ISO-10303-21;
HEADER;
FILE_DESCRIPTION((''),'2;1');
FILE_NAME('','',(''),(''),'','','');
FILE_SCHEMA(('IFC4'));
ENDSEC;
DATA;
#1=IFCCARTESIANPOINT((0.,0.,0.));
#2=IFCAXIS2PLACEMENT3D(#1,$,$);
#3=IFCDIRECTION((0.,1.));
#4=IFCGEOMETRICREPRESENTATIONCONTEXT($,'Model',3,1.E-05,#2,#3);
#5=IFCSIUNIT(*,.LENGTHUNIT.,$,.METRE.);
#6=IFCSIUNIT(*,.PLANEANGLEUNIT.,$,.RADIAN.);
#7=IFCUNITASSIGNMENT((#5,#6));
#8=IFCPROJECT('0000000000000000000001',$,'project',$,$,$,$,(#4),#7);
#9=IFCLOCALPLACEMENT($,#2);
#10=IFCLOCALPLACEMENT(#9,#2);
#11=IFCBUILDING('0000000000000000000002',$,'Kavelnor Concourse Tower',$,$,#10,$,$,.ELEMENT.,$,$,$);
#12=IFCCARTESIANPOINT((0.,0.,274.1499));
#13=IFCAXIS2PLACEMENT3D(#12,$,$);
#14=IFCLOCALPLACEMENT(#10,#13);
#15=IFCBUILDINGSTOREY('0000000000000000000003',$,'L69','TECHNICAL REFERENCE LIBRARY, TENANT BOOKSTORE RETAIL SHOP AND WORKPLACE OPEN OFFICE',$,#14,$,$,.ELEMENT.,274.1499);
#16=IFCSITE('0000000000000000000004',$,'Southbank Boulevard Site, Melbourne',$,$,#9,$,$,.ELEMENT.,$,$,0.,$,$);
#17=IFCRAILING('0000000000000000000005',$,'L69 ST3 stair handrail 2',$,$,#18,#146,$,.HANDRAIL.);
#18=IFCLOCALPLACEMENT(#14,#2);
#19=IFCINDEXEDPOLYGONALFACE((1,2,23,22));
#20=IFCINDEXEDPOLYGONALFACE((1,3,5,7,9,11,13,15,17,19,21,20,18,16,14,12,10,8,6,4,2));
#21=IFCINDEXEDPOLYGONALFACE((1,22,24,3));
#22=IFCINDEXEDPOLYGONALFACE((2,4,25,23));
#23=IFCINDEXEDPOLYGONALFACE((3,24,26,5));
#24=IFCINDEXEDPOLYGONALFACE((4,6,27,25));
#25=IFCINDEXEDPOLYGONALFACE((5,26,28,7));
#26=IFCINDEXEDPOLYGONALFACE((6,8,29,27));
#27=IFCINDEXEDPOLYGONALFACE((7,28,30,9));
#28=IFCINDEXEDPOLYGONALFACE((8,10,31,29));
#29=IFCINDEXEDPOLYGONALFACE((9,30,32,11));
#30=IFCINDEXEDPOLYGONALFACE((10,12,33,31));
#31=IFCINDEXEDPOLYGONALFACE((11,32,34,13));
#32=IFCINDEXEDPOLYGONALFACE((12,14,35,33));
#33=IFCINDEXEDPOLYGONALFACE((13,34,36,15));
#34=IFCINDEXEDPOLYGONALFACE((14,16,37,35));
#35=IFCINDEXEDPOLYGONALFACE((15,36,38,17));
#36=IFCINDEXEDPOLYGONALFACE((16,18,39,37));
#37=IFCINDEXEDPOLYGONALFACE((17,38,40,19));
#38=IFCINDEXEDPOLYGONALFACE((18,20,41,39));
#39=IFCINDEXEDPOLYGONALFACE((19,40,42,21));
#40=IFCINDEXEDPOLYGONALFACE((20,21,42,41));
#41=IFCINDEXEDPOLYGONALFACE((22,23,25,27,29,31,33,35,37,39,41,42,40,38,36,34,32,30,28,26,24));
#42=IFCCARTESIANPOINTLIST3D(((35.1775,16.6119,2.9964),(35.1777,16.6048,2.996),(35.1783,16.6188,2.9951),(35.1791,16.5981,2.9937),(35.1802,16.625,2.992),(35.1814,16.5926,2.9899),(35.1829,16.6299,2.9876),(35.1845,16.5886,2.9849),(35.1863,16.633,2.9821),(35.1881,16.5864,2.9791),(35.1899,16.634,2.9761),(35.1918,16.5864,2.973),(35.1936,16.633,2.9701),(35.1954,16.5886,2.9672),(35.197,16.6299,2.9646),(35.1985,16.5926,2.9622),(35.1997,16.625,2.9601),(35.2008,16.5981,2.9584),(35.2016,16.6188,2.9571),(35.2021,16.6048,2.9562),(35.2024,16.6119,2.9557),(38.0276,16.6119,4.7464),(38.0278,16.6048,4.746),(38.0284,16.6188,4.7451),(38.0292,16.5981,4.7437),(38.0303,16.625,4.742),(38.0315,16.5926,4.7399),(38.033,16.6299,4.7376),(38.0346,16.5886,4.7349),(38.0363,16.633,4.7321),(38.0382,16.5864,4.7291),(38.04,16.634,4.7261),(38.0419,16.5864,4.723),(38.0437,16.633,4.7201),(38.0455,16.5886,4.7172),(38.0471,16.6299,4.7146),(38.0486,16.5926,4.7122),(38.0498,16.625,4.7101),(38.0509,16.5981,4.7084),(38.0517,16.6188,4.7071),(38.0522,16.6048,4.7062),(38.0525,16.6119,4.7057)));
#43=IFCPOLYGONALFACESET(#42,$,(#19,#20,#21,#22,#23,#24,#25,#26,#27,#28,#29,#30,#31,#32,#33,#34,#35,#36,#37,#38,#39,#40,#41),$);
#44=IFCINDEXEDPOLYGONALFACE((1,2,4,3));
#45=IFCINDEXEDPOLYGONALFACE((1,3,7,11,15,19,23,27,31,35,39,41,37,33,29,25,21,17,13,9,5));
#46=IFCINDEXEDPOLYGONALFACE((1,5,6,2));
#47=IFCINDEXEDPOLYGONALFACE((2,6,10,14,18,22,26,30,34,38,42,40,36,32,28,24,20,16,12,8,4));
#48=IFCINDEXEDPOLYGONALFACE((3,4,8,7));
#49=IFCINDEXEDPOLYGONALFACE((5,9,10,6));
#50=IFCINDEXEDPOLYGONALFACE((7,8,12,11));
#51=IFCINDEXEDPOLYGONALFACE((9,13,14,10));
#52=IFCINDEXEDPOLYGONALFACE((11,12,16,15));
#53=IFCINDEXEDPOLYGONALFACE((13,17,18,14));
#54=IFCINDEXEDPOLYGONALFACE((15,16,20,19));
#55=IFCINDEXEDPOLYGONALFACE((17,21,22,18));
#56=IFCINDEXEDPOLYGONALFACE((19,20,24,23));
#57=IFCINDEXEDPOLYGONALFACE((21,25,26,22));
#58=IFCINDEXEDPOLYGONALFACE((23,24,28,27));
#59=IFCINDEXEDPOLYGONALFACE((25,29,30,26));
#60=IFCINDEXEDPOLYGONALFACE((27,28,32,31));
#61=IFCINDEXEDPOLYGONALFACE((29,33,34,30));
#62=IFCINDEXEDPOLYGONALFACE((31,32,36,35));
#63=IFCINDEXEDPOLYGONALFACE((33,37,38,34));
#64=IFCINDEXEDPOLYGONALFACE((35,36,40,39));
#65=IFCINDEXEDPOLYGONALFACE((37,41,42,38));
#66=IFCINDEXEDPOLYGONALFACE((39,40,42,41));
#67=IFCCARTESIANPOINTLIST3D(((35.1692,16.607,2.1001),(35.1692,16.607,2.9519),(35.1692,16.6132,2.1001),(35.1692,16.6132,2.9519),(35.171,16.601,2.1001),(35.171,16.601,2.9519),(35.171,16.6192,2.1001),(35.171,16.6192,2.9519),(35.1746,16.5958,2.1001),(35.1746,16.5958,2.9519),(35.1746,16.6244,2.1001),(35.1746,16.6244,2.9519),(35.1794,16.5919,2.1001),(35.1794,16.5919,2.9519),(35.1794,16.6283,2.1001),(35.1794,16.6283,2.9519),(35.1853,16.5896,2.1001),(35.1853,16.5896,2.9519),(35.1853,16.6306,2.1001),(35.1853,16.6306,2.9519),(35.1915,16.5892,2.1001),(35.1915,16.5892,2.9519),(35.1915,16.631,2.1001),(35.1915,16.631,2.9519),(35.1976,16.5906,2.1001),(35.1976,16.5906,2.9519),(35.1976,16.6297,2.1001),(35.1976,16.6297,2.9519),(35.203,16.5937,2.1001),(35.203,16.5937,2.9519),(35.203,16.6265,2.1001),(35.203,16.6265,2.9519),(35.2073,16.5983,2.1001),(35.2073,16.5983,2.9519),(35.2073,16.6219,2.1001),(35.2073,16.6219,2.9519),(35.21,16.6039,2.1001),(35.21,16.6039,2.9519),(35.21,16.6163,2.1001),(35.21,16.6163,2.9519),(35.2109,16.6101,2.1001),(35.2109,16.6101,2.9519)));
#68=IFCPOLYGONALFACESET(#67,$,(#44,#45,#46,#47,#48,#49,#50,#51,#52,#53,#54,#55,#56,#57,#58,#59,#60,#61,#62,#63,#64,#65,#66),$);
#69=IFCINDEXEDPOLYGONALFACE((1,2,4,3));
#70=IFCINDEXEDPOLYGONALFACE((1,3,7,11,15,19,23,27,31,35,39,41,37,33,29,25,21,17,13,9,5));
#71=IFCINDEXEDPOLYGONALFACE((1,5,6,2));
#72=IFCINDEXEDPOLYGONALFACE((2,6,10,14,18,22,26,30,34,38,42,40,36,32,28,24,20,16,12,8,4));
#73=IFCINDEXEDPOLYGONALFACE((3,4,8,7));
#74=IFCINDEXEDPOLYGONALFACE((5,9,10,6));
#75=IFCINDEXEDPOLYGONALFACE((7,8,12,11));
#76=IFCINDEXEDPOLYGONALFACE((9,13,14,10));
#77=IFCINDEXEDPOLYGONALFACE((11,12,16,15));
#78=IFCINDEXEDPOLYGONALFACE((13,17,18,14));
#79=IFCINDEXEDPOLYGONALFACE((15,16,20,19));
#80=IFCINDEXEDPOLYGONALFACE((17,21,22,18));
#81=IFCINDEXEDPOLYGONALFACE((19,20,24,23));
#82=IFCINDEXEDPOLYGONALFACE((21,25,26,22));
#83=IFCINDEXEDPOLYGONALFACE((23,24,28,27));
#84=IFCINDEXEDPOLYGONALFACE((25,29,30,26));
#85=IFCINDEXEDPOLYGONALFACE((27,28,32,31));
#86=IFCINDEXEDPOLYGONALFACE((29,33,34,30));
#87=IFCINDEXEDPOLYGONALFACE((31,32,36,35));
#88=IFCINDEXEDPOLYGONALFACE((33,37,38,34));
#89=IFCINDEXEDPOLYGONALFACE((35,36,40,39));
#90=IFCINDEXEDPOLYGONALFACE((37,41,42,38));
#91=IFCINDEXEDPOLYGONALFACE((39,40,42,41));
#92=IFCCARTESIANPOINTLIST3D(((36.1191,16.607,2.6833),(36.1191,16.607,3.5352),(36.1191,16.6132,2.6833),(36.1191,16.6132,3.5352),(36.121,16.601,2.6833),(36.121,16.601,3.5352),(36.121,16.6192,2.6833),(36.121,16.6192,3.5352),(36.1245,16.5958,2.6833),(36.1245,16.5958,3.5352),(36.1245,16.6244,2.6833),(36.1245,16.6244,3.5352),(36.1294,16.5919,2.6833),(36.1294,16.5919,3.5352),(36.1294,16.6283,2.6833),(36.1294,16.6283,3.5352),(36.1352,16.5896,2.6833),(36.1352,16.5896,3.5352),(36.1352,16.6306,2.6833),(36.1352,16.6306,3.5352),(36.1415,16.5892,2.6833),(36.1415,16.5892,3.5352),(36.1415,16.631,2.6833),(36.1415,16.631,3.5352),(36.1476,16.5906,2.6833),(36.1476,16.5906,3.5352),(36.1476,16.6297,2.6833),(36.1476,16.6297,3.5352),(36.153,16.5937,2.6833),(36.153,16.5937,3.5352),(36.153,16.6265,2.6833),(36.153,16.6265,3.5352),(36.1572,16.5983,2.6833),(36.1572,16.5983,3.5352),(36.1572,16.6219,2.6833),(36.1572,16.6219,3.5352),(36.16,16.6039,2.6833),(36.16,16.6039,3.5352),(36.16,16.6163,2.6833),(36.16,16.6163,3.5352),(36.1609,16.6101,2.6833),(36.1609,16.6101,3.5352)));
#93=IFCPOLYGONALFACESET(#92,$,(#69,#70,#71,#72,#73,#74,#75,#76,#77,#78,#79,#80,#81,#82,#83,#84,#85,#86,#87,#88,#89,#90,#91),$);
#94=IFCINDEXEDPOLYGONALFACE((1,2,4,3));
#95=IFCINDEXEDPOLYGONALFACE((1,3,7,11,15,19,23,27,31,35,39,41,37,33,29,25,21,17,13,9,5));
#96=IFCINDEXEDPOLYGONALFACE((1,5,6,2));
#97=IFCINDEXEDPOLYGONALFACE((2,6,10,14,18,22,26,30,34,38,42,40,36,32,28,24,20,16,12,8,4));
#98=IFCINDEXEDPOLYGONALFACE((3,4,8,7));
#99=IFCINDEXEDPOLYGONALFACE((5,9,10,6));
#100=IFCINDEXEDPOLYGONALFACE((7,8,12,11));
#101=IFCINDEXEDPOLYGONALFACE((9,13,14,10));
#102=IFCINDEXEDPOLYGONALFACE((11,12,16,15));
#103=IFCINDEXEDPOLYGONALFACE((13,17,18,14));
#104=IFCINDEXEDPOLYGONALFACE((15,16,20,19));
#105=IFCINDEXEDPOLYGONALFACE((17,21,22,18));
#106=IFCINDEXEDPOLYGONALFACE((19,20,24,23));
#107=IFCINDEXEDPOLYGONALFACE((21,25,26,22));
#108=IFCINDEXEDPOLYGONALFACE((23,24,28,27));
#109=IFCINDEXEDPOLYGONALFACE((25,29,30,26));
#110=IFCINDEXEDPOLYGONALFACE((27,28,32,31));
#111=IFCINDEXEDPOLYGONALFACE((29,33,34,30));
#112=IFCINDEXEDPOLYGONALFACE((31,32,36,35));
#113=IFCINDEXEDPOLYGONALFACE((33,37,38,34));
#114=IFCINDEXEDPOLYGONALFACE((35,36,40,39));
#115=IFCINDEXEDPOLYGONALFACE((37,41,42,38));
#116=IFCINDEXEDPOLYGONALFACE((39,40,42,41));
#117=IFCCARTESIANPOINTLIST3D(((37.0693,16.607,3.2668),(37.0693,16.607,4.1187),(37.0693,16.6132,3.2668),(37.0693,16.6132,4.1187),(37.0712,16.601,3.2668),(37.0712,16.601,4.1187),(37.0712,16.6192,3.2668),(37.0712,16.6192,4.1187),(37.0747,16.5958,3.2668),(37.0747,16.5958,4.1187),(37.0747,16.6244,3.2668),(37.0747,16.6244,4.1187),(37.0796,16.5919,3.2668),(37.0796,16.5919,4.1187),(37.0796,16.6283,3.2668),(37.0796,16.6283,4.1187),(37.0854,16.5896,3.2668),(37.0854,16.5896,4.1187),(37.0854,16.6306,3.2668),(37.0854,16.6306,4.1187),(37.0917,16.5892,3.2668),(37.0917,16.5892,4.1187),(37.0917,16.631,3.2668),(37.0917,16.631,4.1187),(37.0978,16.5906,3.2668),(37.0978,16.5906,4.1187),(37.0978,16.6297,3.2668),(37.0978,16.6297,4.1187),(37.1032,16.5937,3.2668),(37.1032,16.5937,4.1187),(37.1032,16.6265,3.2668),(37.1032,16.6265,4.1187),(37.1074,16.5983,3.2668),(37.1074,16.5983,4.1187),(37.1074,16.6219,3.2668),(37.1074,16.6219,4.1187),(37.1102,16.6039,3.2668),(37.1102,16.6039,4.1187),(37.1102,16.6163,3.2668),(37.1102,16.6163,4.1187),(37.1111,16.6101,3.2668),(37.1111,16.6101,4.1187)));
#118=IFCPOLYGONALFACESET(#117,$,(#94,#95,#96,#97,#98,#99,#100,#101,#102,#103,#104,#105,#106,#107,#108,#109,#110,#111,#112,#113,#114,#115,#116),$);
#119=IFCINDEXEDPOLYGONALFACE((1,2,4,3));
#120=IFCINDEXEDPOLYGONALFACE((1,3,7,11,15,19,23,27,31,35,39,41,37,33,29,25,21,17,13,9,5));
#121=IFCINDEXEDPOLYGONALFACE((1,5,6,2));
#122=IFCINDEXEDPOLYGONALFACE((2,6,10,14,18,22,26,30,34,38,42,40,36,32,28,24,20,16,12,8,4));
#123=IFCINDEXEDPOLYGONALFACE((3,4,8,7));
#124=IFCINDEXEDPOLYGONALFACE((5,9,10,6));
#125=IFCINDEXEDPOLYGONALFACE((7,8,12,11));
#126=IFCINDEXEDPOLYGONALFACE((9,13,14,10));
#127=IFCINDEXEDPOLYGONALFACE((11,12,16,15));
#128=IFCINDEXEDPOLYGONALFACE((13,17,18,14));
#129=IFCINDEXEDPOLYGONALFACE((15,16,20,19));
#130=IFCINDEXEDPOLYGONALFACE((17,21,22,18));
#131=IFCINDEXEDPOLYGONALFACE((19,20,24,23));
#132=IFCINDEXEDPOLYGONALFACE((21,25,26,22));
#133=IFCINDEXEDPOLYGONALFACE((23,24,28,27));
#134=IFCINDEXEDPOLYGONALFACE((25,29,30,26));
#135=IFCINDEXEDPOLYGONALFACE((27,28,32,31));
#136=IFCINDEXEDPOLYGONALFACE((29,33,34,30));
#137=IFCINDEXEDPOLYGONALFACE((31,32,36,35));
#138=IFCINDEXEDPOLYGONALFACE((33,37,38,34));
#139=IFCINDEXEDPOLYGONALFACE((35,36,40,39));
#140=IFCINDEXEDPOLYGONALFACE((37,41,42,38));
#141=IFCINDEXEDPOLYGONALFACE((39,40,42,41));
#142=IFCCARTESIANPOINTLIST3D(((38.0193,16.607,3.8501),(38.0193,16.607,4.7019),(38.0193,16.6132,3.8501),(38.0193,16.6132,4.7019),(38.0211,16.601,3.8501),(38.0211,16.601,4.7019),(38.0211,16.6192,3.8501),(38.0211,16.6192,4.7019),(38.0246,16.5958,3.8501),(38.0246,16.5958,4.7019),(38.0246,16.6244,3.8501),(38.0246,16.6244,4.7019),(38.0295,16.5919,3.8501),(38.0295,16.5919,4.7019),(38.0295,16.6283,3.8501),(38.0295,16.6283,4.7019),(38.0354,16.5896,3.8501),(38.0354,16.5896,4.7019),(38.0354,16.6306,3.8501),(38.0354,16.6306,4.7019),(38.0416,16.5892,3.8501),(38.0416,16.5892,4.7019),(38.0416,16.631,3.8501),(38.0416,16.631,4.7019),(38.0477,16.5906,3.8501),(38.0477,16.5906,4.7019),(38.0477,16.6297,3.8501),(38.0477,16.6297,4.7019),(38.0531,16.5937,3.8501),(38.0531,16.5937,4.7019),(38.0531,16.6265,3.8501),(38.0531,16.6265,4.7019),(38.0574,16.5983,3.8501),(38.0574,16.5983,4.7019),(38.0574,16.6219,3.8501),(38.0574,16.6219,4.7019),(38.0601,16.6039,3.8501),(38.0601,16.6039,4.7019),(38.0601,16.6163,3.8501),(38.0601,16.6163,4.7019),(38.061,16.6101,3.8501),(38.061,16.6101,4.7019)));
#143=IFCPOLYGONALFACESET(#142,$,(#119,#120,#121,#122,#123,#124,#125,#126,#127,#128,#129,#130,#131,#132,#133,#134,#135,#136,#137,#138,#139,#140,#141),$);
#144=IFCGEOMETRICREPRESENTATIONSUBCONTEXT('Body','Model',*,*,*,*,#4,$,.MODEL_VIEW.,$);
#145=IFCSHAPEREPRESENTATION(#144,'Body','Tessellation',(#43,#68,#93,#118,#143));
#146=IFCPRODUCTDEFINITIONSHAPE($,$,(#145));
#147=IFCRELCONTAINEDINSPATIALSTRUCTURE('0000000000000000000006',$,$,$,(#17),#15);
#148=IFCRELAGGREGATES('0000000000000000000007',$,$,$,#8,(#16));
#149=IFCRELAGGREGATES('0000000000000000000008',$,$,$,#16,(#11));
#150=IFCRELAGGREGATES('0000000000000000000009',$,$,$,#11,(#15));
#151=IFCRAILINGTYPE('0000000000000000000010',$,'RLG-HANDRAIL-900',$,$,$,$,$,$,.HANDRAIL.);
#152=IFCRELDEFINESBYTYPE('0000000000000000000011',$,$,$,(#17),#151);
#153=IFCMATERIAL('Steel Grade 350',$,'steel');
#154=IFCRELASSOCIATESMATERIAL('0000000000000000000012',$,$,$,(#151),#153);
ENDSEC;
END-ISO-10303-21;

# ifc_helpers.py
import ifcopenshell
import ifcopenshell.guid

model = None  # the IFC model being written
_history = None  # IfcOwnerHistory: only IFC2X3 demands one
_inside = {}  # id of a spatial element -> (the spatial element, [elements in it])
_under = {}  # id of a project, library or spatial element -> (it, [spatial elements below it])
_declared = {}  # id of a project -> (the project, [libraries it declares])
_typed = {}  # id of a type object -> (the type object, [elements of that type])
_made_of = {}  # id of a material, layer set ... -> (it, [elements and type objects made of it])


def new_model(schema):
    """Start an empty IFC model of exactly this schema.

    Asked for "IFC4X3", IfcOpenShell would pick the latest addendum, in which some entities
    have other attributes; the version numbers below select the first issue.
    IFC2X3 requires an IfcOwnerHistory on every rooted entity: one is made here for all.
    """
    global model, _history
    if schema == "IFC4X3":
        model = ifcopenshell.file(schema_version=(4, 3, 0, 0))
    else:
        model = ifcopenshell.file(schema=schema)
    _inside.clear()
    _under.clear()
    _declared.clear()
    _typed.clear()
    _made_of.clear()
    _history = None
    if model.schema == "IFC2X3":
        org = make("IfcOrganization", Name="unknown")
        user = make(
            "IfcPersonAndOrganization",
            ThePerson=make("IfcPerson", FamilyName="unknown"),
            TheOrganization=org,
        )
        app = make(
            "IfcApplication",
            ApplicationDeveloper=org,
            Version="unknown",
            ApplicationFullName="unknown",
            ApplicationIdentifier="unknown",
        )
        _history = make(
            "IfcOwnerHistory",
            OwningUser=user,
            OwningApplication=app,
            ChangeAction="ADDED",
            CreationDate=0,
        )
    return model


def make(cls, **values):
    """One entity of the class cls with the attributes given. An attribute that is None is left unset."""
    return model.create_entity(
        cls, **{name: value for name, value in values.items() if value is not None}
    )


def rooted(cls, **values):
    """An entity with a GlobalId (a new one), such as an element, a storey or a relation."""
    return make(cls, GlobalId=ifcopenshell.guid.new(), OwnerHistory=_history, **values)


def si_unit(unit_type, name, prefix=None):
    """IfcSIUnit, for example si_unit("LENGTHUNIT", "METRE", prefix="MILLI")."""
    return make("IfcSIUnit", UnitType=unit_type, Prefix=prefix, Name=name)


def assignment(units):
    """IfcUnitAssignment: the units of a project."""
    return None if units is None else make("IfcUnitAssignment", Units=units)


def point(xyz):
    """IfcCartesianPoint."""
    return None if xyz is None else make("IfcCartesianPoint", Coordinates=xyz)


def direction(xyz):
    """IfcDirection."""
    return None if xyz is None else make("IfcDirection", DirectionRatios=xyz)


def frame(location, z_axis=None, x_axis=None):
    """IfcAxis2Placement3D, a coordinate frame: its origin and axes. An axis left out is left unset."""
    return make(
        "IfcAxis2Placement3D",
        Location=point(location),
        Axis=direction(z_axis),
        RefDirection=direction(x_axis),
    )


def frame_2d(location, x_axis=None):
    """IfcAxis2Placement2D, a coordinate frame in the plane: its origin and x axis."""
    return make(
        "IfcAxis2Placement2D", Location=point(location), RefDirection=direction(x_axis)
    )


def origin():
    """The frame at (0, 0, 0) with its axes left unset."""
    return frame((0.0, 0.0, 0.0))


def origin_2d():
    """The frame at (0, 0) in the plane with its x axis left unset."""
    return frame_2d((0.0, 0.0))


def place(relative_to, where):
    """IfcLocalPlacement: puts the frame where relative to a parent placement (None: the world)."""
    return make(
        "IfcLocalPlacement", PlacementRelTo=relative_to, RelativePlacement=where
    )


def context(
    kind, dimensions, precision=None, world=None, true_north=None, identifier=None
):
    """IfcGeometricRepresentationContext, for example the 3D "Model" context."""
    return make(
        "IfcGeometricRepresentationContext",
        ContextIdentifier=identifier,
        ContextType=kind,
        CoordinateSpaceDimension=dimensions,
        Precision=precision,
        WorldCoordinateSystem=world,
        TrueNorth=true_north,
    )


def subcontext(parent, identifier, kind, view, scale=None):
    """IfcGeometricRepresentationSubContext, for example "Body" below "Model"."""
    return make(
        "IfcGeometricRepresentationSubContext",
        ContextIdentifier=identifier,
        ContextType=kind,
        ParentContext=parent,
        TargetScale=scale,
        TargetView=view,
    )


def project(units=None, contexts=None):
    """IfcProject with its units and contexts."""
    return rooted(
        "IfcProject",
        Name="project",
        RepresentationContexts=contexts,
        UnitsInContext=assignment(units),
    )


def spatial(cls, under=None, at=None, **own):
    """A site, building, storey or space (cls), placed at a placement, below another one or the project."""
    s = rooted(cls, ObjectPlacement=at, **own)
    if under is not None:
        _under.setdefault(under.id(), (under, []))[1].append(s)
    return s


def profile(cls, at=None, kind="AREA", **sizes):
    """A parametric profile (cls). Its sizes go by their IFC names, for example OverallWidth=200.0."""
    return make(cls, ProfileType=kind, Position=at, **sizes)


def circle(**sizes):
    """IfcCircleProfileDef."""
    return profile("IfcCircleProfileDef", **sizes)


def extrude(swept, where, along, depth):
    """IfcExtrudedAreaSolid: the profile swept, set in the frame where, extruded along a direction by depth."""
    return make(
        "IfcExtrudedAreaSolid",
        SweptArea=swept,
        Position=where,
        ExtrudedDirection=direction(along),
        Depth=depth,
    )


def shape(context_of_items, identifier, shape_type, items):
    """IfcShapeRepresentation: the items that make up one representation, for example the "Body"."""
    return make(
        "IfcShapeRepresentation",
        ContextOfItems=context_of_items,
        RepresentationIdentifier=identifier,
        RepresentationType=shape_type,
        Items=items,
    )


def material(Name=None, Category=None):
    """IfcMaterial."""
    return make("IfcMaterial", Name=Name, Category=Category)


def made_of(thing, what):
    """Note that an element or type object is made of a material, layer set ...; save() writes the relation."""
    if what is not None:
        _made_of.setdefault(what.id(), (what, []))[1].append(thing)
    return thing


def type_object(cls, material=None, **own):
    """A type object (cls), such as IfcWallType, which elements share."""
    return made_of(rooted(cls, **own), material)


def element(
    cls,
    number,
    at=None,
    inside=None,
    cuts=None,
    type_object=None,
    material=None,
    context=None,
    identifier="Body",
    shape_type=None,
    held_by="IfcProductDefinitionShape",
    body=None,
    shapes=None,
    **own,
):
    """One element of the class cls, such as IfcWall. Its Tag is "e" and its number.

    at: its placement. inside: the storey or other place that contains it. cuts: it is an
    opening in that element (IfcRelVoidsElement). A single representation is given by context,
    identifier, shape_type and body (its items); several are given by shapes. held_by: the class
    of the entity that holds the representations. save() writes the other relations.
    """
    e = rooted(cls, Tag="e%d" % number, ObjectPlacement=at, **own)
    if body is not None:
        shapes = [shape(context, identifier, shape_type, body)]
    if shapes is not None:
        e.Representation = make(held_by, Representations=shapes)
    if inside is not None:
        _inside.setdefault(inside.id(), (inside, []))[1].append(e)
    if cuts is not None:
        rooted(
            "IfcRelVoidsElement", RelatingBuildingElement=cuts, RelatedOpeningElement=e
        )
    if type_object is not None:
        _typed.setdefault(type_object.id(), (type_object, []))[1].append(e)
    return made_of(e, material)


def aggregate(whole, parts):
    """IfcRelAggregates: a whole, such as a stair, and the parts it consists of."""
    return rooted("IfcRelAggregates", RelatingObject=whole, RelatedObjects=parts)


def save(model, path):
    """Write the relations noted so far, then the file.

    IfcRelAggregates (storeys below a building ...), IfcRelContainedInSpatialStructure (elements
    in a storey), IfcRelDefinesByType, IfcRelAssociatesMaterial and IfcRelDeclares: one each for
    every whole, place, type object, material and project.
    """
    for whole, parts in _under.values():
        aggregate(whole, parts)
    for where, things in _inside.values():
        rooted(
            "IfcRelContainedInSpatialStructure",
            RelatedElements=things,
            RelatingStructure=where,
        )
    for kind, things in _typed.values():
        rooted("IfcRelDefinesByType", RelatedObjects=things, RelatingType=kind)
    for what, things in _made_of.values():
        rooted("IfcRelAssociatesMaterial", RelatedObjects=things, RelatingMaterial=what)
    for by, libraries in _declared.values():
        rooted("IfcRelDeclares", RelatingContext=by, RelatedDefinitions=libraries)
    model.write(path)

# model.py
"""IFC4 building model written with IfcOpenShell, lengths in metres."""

from ifc_helpers import new_model, si_unit, direction, frame, origin, origin_2d, place, context, subcontext, project, spatial, circle, extrude, material, type_object, element, save


model = new_model("IFC4")

# Units and contexts
model_context = context("Model", 3, precision=1e-05, world=origin(), true_north=direction((0.0, 1.0)))
body_context = subcontext(model_context, "Body", "Model", "MODEL_VIEW")
ifc_project = project(units=[si_unit("LENGTHUNIT", "METRE"), si_unit("PLANEANGLEUNIT", "RADIAN")], contexts=[model_context])

# Site, building, storey
site_placement = place(None, origin())
site = spatial("IfcSite", under=ifc_project, at=site_placement, Name="Southbank Boulevard Site, Melbourne", CompositionType="ELEMENT", RefElevation=0.0)
building_placement = place(site_placement, origin())
building = spatial("IfcBuilding", under=site, at=building_placement, Name="Kavelnor Concourse Tower", CompositionType="ELEMENT")
storey_placement = place(building_placement, frame((0.0, 0.0, 274.1499)))
storey = spatial("IfcBuildingStorey", under=building, at=storey_placement, Name="L69", Description="TECHNICAL REFERENCE LIBRARY, TENANT BOOKSTORE RETAIL SHOP AND WORKPLACE OPEN OFFICE", CompositionType="ELEMENT", Elevation=274.1499)

# Shared definitions
ifc_material_1 = material(Name="Steel Grade 350", Category="steel")

# Railing
railing_type_1 = type_object("IfcRailingType", Name="RLG-HANDRAIL-900", PredefinedType="HANDRAIL", material=ifc_material_1)
railing_1_placement = place(storey_placement, frame((35.1899, 16.6101, 2.1001)))
element("IfcRailing", 1, at=railing_1_placement, inside=storey, type_object=railing_type_1, Name="L69 ST3 stair handrail 2", PredefinedType="HANDRAIL", context=body_context, shape_type="SweptSolid", body=[
    extrude(circle(Radius=0.0239, at=origin_2d()), frame((0.0, 0.0, 0.876), z_axis=(0.852179, 0.0, 0.52325), x_axis=(0.0, 1.0, 0.0)), (0.0, 0.0, 1.0), 3.3445),
    extrude(circle(Radius=0.021, at=origin_2d()), origin(), (0.0, 0.0, 1.0), 0.8518),
    extrude(circle(Radius=0.021, at=origin_2d()), frame((0.95, 0.0, 0.5833)), (0.0, 0.0, 1.0), 0.8518),
    extrude(circle(Radius=0.021, at=origin_2d()), frame((1.9001, 0.0, 1.1667)), (0.0, 0.0, 1.0), 0.8518),
    extrude(circle(Radius=0.021, at=origin_2d()), frame((2.8501, 0.0, 1.75)), (0.0, 0.0, 1.0), 0.8518),
])

save(model, "model.ifc")
